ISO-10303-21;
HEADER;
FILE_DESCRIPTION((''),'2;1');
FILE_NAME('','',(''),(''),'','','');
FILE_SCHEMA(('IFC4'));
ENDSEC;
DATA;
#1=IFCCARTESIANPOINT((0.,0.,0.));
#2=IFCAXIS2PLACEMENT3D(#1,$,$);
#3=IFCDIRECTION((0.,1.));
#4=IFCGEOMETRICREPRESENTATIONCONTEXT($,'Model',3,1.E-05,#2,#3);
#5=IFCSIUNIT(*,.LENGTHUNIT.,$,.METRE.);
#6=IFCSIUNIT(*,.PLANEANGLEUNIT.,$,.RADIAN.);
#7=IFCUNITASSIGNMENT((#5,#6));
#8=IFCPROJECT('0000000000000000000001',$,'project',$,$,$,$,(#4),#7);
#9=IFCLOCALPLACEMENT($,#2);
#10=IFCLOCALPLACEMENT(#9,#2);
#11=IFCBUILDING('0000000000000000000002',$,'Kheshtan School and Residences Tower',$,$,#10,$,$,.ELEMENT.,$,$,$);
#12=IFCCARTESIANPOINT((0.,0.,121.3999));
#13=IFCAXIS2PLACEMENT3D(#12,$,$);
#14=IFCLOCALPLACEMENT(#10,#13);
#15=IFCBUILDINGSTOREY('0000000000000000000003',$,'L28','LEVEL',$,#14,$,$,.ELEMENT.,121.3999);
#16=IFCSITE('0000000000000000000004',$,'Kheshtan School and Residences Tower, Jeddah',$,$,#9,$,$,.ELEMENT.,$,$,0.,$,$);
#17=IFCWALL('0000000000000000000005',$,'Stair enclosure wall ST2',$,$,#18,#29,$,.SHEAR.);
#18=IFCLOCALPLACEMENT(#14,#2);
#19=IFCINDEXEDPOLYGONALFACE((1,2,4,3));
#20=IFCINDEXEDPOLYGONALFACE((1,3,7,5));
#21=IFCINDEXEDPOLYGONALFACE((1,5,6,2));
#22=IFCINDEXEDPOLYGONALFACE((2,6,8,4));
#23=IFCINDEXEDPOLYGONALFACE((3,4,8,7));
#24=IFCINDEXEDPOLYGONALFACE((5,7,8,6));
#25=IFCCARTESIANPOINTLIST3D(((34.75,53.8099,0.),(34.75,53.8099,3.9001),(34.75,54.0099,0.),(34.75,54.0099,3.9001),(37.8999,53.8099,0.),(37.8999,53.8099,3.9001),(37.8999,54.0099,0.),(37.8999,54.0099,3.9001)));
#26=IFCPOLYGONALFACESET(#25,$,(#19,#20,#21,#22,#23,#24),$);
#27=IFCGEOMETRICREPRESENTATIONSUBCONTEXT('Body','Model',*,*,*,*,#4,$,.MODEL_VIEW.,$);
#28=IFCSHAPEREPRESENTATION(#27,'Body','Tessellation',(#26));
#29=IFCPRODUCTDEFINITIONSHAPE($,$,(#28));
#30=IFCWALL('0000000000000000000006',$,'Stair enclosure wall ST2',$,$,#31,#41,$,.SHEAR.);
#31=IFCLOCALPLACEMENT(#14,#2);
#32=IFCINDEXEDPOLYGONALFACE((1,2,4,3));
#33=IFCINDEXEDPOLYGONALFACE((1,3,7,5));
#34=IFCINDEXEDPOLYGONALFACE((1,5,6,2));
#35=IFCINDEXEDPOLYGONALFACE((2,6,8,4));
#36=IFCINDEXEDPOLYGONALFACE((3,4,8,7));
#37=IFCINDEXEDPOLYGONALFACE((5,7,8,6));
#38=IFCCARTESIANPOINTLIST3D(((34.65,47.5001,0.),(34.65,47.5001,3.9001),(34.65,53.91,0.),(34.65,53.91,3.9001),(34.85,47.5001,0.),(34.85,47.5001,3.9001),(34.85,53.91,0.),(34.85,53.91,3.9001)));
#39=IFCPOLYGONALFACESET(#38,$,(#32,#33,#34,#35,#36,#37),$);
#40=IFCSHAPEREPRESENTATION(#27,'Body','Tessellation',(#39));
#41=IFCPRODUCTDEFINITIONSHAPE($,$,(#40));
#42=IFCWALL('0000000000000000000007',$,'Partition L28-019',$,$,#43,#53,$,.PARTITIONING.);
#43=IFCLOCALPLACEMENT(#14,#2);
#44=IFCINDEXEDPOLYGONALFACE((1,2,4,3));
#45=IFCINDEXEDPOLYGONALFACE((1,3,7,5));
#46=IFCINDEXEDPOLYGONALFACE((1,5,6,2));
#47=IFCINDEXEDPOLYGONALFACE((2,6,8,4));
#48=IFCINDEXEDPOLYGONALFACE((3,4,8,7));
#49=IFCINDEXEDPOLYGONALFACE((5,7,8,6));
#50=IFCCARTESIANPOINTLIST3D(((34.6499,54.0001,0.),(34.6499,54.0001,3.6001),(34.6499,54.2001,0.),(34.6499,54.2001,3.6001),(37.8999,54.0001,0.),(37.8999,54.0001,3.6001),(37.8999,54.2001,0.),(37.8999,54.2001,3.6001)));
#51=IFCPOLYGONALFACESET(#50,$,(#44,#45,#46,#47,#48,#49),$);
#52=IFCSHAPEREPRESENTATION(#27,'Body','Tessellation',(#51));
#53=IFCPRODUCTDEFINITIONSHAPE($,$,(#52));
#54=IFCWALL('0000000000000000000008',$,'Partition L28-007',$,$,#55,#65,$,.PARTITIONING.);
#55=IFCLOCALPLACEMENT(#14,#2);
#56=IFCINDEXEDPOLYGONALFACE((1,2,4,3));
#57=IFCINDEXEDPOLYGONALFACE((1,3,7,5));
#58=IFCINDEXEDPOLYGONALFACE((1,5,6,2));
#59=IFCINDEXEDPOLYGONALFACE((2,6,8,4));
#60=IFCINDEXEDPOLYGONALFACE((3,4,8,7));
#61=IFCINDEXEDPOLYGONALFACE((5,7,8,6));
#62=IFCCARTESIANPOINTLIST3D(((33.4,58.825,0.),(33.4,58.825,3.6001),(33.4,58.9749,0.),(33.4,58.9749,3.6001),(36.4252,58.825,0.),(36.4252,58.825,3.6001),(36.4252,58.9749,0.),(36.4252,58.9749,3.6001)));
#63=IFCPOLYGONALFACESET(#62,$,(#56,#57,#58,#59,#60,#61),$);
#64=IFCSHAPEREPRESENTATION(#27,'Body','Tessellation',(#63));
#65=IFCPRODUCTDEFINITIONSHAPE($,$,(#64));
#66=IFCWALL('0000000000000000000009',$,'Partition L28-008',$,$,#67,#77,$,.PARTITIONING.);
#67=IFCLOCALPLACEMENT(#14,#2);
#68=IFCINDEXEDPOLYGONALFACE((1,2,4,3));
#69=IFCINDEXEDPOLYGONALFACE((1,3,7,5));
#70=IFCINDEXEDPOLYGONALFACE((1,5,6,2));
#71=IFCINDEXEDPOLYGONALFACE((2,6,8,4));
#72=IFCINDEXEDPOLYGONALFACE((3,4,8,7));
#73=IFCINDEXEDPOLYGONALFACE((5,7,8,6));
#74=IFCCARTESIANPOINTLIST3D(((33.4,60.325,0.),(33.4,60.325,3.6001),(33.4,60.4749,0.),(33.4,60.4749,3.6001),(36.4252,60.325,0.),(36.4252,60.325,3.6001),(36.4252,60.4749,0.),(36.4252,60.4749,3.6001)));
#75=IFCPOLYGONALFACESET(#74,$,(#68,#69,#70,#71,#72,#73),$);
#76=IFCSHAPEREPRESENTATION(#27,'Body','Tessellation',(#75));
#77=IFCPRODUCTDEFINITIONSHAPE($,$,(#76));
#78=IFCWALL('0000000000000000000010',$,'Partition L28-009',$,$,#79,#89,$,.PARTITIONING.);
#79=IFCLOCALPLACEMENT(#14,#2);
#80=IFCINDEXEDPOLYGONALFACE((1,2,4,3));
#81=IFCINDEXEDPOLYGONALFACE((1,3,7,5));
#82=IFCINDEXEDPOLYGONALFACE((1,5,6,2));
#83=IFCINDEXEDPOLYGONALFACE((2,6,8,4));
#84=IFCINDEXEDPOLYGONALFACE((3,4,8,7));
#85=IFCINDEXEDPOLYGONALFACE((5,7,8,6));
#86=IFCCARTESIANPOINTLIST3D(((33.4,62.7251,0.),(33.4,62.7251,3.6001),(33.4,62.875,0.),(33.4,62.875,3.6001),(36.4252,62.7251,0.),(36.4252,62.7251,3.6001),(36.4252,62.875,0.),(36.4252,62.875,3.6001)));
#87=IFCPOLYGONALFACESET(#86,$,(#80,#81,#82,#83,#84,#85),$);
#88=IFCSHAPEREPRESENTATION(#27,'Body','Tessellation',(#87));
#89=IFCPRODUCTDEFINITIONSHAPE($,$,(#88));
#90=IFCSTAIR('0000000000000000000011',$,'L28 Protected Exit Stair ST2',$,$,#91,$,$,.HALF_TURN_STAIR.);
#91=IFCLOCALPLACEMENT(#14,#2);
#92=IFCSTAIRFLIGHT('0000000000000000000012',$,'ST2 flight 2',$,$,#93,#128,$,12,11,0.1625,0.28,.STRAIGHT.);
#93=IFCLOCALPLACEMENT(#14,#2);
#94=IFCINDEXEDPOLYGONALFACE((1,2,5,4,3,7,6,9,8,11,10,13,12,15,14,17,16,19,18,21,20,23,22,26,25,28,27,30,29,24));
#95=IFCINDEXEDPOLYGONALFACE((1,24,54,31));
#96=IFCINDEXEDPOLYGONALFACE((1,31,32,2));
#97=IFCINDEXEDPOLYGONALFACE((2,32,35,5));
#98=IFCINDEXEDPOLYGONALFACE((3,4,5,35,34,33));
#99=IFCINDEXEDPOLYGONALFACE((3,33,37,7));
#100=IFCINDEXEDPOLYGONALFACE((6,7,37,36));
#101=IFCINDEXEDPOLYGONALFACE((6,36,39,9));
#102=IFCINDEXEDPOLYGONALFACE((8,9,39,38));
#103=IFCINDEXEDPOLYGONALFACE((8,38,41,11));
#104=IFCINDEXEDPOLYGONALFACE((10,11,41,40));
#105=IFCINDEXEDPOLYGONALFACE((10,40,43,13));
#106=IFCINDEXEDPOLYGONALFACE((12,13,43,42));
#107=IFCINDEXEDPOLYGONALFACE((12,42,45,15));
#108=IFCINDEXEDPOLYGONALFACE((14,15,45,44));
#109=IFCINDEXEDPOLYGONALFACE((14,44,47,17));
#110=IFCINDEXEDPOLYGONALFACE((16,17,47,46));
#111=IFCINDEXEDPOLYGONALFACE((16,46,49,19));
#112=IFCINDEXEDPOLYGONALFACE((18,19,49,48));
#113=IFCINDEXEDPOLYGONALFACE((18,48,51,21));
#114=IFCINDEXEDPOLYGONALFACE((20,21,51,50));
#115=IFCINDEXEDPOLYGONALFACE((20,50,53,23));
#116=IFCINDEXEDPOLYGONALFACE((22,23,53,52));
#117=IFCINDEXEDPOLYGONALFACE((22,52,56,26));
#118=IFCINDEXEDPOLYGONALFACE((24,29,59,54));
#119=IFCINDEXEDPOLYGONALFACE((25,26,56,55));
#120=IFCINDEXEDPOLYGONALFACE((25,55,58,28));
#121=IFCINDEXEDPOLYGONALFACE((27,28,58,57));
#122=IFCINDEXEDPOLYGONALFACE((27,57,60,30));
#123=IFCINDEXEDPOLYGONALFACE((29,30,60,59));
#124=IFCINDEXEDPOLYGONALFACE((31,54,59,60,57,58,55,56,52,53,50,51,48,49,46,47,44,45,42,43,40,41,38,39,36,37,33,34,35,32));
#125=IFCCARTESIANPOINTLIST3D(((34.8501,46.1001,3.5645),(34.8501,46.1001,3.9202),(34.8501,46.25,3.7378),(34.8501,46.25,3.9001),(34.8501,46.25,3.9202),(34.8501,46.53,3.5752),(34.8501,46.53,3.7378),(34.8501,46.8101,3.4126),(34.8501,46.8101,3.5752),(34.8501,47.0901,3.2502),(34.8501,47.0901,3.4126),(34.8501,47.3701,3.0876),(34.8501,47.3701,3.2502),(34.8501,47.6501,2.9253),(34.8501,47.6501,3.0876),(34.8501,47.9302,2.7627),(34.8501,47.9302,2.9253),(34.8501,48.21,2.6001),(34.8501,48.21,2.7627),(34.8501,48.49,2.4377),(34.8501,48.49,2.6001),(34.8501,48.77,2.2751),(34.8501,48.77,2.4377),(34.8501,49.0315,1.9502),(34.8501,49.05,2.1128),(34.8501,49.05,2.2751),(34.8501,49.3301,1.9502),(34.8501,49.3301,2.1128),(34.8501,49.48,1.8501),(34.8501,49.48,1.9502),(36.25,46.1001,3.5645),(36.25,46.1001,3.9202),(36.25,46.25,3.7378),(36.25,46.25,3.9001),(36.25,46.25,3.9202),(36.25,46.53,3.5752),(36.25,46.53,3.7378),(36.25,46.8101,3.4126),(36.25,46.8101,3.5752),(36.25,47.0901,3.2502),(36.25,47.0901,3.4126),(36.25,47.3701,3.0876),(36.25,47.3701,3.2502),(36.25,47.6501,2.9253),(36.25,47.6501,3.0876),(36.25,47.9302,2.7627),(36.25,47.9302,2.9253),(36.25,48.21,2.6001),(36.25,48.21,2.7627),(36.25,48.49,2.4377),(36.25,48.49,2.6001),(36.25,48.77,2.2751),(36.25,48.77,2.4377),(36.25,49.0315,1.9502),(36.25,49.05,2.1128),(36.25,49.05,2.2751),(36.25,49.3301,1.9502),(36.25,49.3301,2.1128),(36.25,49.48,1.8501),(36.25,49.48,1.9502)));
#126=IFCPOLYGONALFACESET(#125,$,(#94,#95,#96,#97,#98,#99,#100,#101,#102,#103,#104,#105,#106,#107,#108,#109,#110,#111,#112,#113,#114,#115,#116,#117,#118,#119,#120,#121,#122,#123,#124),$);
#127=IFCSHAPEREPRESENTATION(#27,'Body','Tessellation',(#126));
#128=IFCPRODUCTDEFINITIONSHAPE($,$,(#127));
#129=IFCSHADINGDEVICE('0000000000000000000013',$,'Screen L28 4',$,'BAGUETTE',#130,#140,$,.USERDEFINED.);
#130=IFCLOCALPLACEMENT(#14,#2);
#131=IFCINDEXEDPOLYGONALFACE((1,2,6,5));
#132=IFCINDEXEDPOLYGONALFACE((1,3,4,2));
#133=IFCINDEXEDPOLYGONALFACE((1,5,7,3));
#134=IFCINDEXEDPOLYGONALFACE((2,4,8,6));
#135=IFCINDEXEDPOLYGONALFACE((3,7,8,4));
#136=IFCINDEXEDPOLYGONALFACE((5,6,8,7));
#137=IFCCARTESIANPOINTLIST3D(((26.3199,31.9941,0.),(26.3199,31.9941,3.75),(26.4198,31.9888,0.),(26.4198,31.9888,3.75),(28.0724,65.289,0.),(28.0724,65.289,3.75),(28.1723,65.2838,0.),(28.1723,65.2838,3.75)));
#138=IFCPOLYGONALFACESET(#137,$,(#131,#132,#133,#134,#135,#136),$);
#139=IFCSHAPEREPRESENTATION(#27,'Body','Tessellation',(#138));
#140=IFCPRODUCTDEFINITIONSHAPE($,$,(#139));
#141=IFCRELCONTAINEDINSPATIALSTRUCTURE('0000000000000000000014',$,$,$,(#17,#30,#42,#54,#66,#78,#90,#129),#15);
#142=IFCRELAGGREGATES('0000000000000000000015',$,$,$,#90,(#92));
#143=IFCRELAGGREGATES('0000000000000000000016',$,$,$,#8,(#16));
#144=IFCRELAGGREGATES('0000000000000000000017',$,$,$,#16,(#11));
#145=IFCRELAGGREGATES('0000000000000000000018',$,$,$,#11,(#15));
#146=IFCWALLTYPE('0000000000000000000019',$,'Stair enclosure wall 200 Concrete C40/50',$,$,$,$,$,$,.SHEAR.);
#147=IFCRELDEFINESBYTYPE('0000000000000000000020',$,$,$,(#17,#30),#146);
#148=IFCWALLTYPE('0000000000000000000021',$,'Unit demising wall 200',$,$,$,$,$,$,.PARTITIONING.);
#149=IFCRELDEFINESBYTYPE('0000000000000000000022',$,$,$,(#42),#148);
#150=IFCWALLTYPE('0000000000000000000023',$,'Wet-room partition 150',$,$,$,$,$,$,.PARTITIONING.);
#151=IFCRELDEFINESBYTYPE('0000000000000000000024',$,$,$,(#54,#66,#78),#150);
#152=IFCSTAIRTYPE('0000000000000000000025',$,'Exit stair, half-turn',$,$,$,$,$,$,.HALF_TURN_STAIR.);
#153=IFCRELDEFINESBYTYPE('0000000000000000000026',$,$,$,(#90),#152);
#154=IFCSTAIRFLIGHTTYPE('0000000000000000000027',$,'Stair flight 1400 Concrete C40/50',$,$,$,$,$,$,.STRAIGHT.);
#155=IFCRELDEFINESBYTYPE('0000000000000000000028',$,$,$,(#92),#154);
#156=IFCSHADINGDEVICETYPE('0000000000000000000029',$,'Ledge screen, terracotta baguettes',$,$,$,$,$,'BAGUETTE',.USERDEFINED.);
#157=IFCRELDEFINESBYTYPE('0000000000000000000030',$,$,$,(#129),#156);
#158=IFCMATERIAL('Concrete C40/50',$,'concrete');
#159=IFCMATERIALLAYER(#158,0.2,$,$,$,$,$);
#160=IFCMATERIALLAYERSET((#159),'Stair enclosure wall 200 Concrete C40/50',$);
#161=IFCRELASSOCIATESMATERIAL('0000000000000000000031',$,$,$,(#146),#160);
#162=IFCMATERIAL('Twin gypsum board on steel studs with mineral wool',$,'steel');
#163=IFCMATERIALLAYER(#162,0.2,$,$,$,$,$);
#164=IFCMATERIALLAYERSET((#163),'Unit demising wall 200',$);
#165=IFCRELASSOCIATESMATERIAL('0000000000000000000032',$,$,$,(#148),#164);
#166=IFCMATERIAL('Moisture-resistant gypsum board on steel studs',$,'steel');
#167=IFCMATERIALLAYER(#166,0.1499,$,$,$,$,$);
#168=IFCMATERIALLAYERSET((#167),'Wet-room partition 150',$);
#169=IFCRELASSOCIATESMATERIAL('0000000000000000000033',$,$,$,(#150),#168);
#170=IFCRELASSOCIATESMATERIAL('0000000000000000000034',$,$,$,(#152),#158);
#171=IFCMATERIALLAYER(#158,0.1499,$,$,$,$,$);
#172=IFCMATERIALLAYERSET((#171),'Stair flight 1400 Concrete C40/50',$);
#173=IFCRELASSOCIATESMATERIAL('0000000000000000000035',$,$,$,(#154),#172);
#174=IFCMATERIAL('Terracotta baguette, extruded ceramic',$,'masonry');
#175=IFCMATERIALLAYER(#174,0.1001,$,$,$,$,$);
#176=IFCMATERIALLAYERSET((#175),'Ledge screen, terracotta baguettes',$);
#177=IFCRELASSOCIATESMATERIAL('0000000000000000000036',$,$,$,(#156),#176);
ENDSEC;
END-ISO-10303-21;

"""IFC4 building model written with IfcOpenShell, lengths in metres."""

from ifc_helpers import new_model, si_unit, direction, frame, frame_2d, origin, origin_2d, place, context, subcontext, project, spatial, polyline, rectangle, outline, extrude, material, layer, layer_set, type_object, element, aggregate, save


model = new_model("IFC4")

# Units and contexts
model_context = context("Model", 3, precision=1e-05, world=origin(), true_north=direction((0.0, 1.0)))
body_context = subcontext(model_context, "Body", "Model", "MODEL_VIEW")
ifc_project = project(units=[si_unit("LENGTHUNIT", "METRE"), si_unit("PLANEANGLEUNIT", "RADIAN")], contexts=[model_context])

# Site, building, storey
site_placement = place(None, origin())
site = spatial("IfcSite", under=ifc_project, at=site_placement, Name="Kheshtan School and Residences Tower, Jeddah", CompositionType="ELEMENT", RefElevation=0.0)
building_placement = place(site_placement, origin())
building = spatial("IfcBuilding", under=site, at=building_placement, Name="Kheshtan School and Residences Tower", CompositionType="ELEMENT")
storey_placement = place(building_placement, frame((0.0, 0.0, 121.3999)))
storey = spatial("IfcBuildingStorey", under=building, at=storey_placement, Name="L28", Description="LEVEL", CompositionType="ELEMENT", Elevation=121.3999)

# Walls
ifc_material_1 = material(Name="Concrete C40/50", Category="concrete")
ifc_layer_1 = layer(ifc_material_1, 0.2)
ifc_layer_set_1 = layer_set([ifc_layer_1], Name="Stair enclosure wall 200 Concrete C40/50")
wall_type_1 = type_object("IfcWallType", Name="Stair enclosure wall 200 Concrete C40/50", PredefinedType="SHEAR", material=ifc_layer_set_1)
wall_1_placement = place(storey_placement, frame((34.75, 53.9099, 0.0), z_axis=(0.0, 0.0, 1.0), x_axis=(1.0, 0.0, 0.0)))
element("IfcWall", 1, at=wall_1_placement, inside=storey, type_object=wall_type_1, Name="Stair enclosure wall ST2", PredefinedType="SHEAR", context=body_context, shape_type="SweptSolid", body=[
    extrude(rectangle(XDim=3.1499, YDim=0.2, at=frame_2d((1.575, 0.0))), origin(), (0.0, 0.0, 1.0), 3.9001),
])
wall_2_placement = place(storey_placement, frame((34.75, 47.5, 0.0), z_axis=(0.0, 0.0, 1.0), x_axis=(0.0, 1.0, 0.0)))
element("IfcWall", 2, at=wall_2_placement, inside=storey, type_object=wall_type_1, Name="Stair enclosure wall ST2", PredefinedType="SHEAR", context=body_context, shape_type="SweptSolid", body=[
    extrude(rectangle(XDim=6.4099, YDim=0.2, at=frame_2d((3.2051, 0.0))), origin(), (0.0, 0.0, 1.0), 3.9001),
])
ifc_material_2 = material(Name="Twin gypsum board on steel studs with mineral wool", Category="steel")
ifc_layer_2 = layer(ifc_material_2, 0.2)
ifc_layer_set_2 = layer_set([ifc_layer_2], Name="Unit demising wall 200")
wall_type_2 = type_object("IfcWallType", Name="Unit demising wall 200", PredefinedType="PARTITIONING", material=ifc_layer_set_2)
wall_3_placement = place(storey_placement, frame((34.6499, 54.1001, 0.0), z_axis=(0.0, 0.0, 1.0), x_axis=(1.0, 0.0, 0.0)))
element("IfcWall", 3, at=wall_3_placement, inside=storey, type_object=wall_type_2, Name="Partition L28-019", PredefinedType="PARTITIONING", context=body_context, shape_type="SweptSolid", body=[
    extrude(rectangle(XDim=3.25, YDim=0.2, at=frame_2d((1.625, 0.0))), origin(), (0.0, 0.0, 1.0), 3.6001),
])
ifc_material_3 = material(Name="Moisture-resistant gypsum board on steel studs", Category="steel")
ifc_layer_3 = layer(ifc_material_3, 0.1499)
ifc_layer_set_3 = layer_set([ifc_layer_3], Name="Wet-room partition 150")
wall_type_3 = type_object("IfcWallType", Name="Wet-room partition 150", PredefinedType="PARTITIONING", material=ifc_layer_set_3)
for number, where, z_axis, x_axis, name in (
    (4, (33.3999, 58.8999, 0.0), (0.0, 0.0, 1.0), (1.0, 0.0, 0.0), "Partition L28-007"),
    (5, (33.3999, 60.3999, 0.0), (0.0, 0.0, 1.0), (1.0, 0.0, 0.0), "Partition L28-008"),
    (6, (33.3999, 62.8, 0.0), (0.0, 0.0, 1.0), (1.0, 0.0, 0.0), "Partition L28-009"),
):
    element("IfcWall", number, at=place(storey_placement, frame(where, z_axis=z_axis, x_axis=x_axis)), inside=storey, type_object=wall_type_3, Name=name, PredefinedType="PARTITIONING", context=body_context, shape_type="SweptSolid", body=[
        extrude(rectangle(XDim=3.0251, YDim=0.1499, at=frame_2d((1.5127, 0.0))), origin(), (0.0, 0.0, 1.0), 3.6001),
    ])

# Stair, stair flight
stair_type = type_object("IfcStairType", Name="Exit stair, half-turn", PredefinedType="HALF_TURN_STAIR", material=ifc_material_1)
stair_placement = place(storey_placement, origin())
stair = element("IfcStair", 7, at=stair_placement, inside=storey, type_object=stair_type, Name="L28 Protected Exit Stair ST2", PredefinedType="HALF_TURN_STAIR")
ifc_layer_4 = layer(ifc_material_1, 0.1499)
ifc_layer_set_4 = layer_set([ifc_layer_4], Name="Stair flight 1400 Concrete C40/50")
stair_flight_type = type_object("IfcStairFlightType", Name="Stair flight 1400 Concrete C40/50", PredefinedType="STRAIGHT", material=ifc_layer_set_4)
stair_flight_placement = place(storey_placement, frame((35.55, 49.3301, 1.9502), z_axis=(0.0, 0.0, 1.0), x_axis=(0.0, -1.0, 0.0)))
stair_flight = element("IfcStairFlight", 8, at=stair_flight_placement, type_object=stair_flight_type, Name="ST2 flight 2", NumberOfRisers=12, NumberOfTreads=11, PredefinedType="STRAIGHT", RiserHeight=0.1625, TreadLength=0.28, context=body_context, shape_type="SweptSolid", body=[
    extrude(outline(polyline([(-0.1499, -0.1001), (-0.1499, 0.0), (0.0, 0.0), (0.0, 0.1626), (0.28, 0.1626), (0.28, 0.325), (0.5601, 0.325), (0.5601, 0.4875), (0.8401, 0.4875), (0.8401, 0.6499), (1.1201, 0.6499), (1.1201, 0.8125), (1.3999, 0.8125), (1.3999, 0.9751), (1.6799, 0.9751), (1.6799, 1.1375), (1.96, 1.1375), (1.96, 1.3), (2.24, 1.3), (2.24, 1.4624), (2.52, 1.4624), (2.52, 1.625), (2.8, 1.625), (2.8, 1.7876), (3.0801, 1.7876), (3.0801, 1.95), (3.0801, 1.97), (3.23, 1.97), (3.23, 1.6143), (0.2986, 0.0), (-0.1499, -0.1001)])), frame((0.0, 0.7, 0.0), z_axis=(0.0, -1.0, 0.0), x_axis=(1.0, 0.0, 0.0)), (0.0, 0.0, 1.0), 1.3999),
])
aggregate(stair, [stair_flight])

# Shading device
ifc_material_4 = material(Name="Terracotta baguette, extruded ceramic", Category="masonry")
ifc_layer_5 = layer(ifc_material_4, 0.1001)
ifc_layer_set_5 = layer_set([ifc_layer_5], Name="Ledge screen, terracotta baguettes")
shading_device_type = type_object("IfcShadingDeviceType", Name="Ledge screen, terracotta baguettes", ElementType="BAGUETTE", PredefinedType="USERDEFINED", material=ifc_layer_set_5)
shading_device_placement = place(storey_placement, frame((27.2461, 48.6389, 0.0), z_axis=(0.0, 0.0, 1.0), x_axis=(0.052563, 0.998618, 0.0)))
element("IfcShadingDevice", 9, at=shading_device_placement, inside=storey, type_object=shading_device_type, Name="Screen L28 4", ObjectType="BAGUETTE", PredefinedType="USERDEFINED", context=body_context, shape_type="SweptSolid", body=[
    extrude(rectangle(XDim=33.3411, YDim=0.1001, at=origin_2d()), origin(), (0.0, 0.0, 1.0), 3.75),
])

save(model, "model.ifc")
